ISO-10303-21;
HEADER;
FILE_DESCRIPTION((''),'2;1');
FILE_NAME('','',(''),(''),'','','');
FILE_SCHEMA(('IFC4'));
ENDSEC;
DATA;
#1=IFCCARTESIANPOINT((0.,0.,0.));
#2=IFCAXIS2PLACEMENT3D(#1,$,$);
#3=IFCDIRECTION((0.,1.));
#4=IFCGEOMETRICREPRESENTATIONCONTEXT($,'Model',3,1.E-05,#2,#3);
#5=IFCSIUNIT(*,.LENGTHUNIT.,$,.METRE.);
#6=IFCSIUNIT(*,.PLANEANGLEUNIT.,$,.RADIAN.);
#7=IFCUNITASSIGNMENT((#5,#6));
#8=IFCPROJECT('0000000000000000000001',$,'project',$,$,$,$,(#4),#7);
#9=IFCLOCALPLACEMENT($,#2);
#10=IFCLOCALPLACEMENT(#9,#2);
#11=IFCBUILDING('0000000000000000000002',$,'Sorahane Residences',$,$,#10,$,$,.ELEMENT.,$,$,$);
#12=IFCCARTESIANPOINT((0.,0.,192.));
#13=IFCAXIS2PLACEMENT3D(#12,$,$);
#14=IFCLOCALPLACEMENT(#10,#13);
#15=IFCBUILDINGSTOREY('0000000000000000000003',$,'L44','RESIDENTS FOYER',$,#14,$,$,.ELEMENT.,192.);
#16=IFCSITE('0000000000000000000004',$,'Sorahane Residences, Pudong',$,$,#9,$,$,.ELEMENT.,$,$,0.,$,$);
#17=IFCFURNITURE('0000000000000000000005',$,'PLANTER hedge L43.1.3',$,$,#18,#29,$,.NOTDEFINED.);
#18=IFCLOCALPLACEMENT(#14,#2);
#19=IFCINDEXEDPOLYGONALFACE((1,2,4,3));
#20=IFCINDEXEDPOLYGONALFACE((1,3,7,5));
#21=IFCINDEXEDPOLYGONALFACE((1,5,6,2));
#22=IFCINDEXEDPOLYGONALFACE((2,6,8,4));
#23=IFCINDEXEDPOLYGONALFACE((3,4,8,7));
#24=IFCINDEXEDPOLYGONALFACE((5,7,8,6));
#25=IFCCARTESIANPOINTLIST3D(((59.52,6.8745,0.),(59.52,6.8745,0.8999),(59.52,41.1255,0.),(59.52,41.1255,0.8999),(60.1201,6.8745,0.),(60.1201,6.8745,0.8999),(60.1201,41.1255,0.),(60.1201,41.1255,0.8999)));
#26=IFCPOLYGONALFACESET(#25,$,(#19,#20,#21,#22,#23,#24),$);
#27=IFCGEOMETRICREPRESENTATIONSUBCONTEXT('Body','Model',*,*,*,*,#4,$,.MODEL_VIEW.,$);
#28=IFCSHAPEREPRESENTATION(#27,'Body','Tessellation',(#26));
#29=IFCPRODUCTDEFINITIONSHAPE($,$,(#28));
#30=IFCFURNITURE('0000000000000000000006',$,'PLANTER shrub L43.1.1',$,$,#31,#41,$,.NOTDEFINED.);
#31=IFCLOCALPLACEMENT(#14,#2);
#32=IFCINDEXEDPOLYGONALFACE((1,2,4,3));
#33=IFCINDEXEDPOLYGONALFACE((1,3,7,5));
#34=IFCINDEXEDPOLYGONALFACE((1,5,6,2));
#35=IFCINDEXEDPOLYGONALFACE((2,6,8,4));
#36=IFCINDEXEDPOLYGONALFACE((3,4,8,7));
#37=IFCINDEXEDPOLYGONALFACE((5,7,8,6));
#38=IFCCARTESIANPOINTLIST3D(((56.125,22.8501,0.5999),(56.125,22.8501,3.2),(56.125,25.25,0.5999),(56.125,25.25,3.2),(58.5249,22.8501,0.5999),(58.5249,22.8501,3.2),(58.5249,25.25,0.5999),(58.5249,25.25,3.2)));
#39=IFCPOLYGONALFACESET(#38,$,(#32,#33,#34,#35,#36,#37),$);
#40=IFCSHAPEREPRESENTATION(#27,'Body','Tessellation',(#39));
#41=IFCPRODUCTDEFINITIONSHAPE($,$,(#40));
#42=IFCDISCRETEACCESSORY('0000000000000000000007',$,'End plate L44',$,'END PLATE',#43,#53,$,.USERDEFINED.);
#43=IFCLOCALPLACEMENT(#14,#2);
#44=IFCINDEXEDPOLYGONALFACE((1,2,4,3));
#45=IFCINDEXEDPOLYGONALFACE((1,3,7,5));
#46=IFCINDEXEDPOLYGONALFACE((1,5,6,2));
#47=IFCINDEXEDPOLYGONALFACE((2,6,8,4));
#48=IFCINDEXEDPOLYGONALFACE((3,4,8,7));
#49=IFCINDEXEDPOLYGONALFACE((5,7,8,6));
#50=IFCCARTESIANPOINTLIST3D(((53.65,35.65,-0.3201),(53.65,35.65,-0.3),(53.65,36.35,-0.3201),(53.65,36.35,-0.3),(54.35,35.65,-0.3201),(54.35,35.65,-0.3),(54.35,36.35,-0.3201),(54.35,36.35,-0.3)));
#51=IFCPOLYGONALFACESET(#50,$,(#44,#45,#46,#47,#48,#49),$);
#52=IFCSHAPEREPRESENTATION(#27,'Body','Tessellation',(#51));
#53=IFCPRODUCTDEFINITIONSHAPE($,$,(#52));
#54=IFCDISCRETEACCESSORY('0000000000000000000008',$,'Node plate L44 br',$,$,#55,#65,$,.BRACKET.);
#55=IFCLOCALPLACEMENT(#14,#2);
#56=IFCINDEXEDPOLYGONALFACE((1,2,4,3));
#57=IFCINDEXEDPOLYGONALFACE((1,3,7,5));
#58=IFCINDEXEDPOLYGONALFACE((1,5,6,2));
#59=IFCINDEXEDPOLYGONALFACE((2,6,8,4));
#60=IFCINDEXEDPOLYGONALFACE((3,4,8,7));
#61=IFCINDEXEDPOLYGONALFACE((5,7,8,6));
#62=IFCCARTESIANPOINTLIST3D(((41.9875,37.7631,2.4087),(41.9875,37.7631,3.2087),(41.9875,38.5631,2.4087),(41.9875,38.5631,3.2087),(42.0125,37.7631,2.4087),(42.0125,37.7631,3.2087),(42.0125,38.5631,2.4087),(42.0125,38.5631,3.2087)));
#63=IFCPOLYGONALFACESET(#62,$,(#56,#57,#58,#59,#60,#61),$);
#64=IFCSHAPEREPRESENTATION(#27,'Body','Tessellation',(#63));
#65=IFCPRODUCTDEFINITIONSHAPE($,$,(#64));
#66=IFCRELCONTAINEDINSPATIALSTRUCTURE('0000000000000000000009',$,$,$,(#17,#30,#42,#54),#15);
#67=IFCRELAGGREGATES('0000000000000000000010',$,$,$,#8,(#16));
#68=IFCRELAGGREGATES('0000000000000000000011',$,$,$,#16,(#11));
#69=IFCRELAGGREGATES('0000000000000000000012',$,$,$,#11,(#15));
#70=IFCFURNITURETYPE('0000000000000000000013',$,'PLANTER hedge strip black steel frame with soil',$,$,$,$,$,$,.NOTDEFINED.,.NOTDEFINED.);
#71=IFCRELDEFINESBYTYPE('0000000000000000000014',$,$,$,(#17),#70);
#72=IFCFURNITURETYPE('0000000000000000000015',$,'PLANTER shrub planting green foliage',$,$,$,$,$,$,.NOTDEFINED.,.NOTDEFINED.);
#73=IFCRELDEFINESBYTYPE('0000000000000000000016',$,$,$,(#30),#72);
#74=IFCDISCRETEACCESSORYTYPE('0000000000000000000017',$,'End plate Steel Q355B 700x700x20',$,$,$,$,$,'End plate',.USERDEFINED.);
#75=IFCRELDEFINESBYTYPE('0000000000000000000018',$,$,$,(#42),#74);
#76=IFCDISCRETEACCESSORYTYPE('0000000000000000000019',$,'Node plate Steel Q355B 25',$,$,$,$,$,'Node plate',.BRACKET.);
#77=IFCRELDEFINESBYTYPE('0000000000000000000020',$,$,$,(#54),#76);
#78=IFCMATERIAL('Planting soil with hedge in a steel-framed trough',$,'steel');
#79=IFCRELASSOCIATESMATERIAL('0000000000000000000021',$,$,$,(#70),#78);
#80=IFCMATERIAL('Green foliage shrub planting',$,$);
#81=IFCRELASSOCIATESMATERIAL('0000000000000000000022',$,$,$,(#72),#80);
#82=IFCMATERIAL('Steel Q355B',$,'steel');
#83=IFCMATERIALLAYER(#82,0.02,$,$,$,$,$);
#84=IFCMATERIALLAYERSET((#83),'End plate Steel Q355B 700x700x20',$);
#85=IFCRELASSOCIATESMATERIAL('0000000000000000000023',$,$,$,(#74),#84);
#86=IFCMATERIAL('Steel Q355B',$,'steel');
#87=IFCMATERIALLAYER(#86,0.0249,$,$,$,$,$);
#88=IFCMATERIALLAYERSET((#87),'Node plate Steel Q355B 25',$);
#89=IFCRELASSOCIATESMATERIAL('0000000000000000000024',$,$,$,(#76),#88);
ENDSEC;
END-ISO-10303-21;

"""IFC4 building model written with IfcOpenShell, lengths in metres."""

from ifc_helpers import new_model, si_unit, direction, frame, origin, origin_2d, place, context, subcontext, project, spatial, rectangle, extrude, material, layer, layer_set, type_object, element, save


model = new_model("IFC4")

# Units and contexts
model_context = context("Model", 3, precision=1e-05, world=origin(), true_north=direction((0.0, 1.0)))
body_context = subcontext(model_context, "Body", "Model", "MODEL_VIEW")
ifc_project = project(units=[si_unit("LENGTHUNIT", "METRE"), si_unit("PLANEANGLEUNIT", "RADIAN")], contexts=[model_context])

# Site, building, storey
site_placement = place(None, origin())
site = spatial("IfcSite", under=ifc_project, at=site_placement, Name="Sorahane Residences, Pudong", CompositionType="ELEMENT", RefElevation=0.0)
building_placement = place(site_placement, origin())
building = spatial("IfcBuilding", under=site, at=building_placement, Name="Sorahane Residences", CompositionType="ELEMENT")
storey_placement = place(building_placement, frame((0.0, 0.0, 192.0)))
storey = spatial("IfcBuildingStorey", under=building, at=storey_placement, Name="L44", Description="RESIDENTS FOYER", CompositionType="ELEMENT", Elevation=192.0)

# Furniture
ifc_material_1 = material(Name="Planting soil with hedge in a steel-framed trough", Category="steel")
furniture_type_1 = type_object("IfcFurnitureType", Name="PLANTER hedge strip black steel frame with soil", AssemblyPlace="NOTDEFINED", PredefinedType="NOTDEFINED", material=ifc_material_1)
furniture_1_placement = place(storey_placement, frame((59.8201, 24.0, 0.0), z_axis=(0.0, 0.0, 1.0), x_axis=(0.0, -1.0, 0.0)))
element("IfcFurniture", 1, at=furniture_1_placement, inside=storey, type_object=furniture_type_1, Name="PLANTER hedge L43.1.3", PredefinedType="NOTDEFINED", context=body_context, shape_type="SweptSolid", body=[
    extrude(rectangle(XDim=34.251, YDim=0.6001, at=origin_2d()), origin(), (0.0, 0.0, 1.0), 0.8999),
])
ifc_material_2 = material(Name="Green foliage shrub planting")
furniture_type_2 = type_object("IfcFurnitureType", Name="PLANTER shrub planting green foliage", AssemblyPlace="NOTDEFINED", PredefinedType="NOTDEFINED", material=ifc_material_2)
furniture_2_placement = place(storey_placement, frame((57.325, 24.05, 0.5999), z_axis=(0.0, 0.0, 1.0), x_axis=(1.0, 0.0, 0.0)))
element("IfcFurniture", 2, at=furniture_2_placement, inside=storey, type_object=furniture_type_2, Name="PLANTER shrub L43.1.1", PredefinedType="NOTDEFINED", context=body_context, shape_type="SweptSolid", body=[
    extrude(rectangle(XDim=2.3999, YDim=2.3999, at=origin_2d()), origin(), (0.0, 0.0, 1.0), 2.6001),
])

# Discrete accessories
ifc_material_3 = material(Name="Steel Q355B", Category="steel")
ifc_layer_1 = layer(ifc_material_3, 0.02)
ifc_layer_set_1 = layer_set([ifc_layer_1], Name="End plate Steel Q355B 700x700x20")
discrete_accessory_type_1 = type_object("IfcDiscreteAccessoryType", Name="End plate Steel Q355B 700x700x20", ElementType="End plate", PredefinedType="USERDEFINED", material=ifc_layer_set_1)
discrete_accessory_1_placement = place(storey_placement, frame((54.0, 36.0, -0.3201), z_axis=(0.0, 0.0, 1.0), x_axis=(1.0, 0.0, 0.0)))
element("IfcDiscreteAccessory", 3, at=discrete_accessory_1_placement, inside=storey, type_object=discrete_accessory_type_1, Name="End plate L44", ObjectType="END PLATE", PredefinedType="USERDEFINED", context=body_context, shape_type="SweptSolid", body=[
    extrude(rectangle(XDim=0.7, YDim=0.7, at=origin_2d()), origin(), (0.0, 0.0, 1.0), 0.02),
])
ifc_material_4 = material(Name="Steel Q355B", Category="steel")
ifc_layer_2 = layer(ifc_material_4, 0.0249)
ifc_layer_set_2 = layer_set([ifc_layer_2], Name="Node plate Steel Q355B 25")
discrete_accessory_type_2 = type_object("IfcDiscreteAccessoryType", Name="Node plate Steel Q355B 25", ElementType="Node plate", PredefinedType="BRACKET", material=ifc_layer_set_2)
discrete_accessory_2_placement = place(storey_placement, frame((42.0, 38.1631, 2.4087), z_axis=(0.0, 0.0, 1.0), x_axis=(0.0, 1.0, 0.0)))
element("IfcDiscreteAccessory", 4, at=discrete_accessory_2_placement, inside=storey, type_object=discrete_accessory_type_2, Name="Node plate L44 br", PredefinedType="BRACKET", context=body_context, shape_type="SweptSolid", body=[
    extrude(rectangle(XDim=0.8, YDim=0.0249, at=origin_2d()), origin(), (0.0, 0.0, 1.0), 0.8),
])

save(model, "model.ifc")
